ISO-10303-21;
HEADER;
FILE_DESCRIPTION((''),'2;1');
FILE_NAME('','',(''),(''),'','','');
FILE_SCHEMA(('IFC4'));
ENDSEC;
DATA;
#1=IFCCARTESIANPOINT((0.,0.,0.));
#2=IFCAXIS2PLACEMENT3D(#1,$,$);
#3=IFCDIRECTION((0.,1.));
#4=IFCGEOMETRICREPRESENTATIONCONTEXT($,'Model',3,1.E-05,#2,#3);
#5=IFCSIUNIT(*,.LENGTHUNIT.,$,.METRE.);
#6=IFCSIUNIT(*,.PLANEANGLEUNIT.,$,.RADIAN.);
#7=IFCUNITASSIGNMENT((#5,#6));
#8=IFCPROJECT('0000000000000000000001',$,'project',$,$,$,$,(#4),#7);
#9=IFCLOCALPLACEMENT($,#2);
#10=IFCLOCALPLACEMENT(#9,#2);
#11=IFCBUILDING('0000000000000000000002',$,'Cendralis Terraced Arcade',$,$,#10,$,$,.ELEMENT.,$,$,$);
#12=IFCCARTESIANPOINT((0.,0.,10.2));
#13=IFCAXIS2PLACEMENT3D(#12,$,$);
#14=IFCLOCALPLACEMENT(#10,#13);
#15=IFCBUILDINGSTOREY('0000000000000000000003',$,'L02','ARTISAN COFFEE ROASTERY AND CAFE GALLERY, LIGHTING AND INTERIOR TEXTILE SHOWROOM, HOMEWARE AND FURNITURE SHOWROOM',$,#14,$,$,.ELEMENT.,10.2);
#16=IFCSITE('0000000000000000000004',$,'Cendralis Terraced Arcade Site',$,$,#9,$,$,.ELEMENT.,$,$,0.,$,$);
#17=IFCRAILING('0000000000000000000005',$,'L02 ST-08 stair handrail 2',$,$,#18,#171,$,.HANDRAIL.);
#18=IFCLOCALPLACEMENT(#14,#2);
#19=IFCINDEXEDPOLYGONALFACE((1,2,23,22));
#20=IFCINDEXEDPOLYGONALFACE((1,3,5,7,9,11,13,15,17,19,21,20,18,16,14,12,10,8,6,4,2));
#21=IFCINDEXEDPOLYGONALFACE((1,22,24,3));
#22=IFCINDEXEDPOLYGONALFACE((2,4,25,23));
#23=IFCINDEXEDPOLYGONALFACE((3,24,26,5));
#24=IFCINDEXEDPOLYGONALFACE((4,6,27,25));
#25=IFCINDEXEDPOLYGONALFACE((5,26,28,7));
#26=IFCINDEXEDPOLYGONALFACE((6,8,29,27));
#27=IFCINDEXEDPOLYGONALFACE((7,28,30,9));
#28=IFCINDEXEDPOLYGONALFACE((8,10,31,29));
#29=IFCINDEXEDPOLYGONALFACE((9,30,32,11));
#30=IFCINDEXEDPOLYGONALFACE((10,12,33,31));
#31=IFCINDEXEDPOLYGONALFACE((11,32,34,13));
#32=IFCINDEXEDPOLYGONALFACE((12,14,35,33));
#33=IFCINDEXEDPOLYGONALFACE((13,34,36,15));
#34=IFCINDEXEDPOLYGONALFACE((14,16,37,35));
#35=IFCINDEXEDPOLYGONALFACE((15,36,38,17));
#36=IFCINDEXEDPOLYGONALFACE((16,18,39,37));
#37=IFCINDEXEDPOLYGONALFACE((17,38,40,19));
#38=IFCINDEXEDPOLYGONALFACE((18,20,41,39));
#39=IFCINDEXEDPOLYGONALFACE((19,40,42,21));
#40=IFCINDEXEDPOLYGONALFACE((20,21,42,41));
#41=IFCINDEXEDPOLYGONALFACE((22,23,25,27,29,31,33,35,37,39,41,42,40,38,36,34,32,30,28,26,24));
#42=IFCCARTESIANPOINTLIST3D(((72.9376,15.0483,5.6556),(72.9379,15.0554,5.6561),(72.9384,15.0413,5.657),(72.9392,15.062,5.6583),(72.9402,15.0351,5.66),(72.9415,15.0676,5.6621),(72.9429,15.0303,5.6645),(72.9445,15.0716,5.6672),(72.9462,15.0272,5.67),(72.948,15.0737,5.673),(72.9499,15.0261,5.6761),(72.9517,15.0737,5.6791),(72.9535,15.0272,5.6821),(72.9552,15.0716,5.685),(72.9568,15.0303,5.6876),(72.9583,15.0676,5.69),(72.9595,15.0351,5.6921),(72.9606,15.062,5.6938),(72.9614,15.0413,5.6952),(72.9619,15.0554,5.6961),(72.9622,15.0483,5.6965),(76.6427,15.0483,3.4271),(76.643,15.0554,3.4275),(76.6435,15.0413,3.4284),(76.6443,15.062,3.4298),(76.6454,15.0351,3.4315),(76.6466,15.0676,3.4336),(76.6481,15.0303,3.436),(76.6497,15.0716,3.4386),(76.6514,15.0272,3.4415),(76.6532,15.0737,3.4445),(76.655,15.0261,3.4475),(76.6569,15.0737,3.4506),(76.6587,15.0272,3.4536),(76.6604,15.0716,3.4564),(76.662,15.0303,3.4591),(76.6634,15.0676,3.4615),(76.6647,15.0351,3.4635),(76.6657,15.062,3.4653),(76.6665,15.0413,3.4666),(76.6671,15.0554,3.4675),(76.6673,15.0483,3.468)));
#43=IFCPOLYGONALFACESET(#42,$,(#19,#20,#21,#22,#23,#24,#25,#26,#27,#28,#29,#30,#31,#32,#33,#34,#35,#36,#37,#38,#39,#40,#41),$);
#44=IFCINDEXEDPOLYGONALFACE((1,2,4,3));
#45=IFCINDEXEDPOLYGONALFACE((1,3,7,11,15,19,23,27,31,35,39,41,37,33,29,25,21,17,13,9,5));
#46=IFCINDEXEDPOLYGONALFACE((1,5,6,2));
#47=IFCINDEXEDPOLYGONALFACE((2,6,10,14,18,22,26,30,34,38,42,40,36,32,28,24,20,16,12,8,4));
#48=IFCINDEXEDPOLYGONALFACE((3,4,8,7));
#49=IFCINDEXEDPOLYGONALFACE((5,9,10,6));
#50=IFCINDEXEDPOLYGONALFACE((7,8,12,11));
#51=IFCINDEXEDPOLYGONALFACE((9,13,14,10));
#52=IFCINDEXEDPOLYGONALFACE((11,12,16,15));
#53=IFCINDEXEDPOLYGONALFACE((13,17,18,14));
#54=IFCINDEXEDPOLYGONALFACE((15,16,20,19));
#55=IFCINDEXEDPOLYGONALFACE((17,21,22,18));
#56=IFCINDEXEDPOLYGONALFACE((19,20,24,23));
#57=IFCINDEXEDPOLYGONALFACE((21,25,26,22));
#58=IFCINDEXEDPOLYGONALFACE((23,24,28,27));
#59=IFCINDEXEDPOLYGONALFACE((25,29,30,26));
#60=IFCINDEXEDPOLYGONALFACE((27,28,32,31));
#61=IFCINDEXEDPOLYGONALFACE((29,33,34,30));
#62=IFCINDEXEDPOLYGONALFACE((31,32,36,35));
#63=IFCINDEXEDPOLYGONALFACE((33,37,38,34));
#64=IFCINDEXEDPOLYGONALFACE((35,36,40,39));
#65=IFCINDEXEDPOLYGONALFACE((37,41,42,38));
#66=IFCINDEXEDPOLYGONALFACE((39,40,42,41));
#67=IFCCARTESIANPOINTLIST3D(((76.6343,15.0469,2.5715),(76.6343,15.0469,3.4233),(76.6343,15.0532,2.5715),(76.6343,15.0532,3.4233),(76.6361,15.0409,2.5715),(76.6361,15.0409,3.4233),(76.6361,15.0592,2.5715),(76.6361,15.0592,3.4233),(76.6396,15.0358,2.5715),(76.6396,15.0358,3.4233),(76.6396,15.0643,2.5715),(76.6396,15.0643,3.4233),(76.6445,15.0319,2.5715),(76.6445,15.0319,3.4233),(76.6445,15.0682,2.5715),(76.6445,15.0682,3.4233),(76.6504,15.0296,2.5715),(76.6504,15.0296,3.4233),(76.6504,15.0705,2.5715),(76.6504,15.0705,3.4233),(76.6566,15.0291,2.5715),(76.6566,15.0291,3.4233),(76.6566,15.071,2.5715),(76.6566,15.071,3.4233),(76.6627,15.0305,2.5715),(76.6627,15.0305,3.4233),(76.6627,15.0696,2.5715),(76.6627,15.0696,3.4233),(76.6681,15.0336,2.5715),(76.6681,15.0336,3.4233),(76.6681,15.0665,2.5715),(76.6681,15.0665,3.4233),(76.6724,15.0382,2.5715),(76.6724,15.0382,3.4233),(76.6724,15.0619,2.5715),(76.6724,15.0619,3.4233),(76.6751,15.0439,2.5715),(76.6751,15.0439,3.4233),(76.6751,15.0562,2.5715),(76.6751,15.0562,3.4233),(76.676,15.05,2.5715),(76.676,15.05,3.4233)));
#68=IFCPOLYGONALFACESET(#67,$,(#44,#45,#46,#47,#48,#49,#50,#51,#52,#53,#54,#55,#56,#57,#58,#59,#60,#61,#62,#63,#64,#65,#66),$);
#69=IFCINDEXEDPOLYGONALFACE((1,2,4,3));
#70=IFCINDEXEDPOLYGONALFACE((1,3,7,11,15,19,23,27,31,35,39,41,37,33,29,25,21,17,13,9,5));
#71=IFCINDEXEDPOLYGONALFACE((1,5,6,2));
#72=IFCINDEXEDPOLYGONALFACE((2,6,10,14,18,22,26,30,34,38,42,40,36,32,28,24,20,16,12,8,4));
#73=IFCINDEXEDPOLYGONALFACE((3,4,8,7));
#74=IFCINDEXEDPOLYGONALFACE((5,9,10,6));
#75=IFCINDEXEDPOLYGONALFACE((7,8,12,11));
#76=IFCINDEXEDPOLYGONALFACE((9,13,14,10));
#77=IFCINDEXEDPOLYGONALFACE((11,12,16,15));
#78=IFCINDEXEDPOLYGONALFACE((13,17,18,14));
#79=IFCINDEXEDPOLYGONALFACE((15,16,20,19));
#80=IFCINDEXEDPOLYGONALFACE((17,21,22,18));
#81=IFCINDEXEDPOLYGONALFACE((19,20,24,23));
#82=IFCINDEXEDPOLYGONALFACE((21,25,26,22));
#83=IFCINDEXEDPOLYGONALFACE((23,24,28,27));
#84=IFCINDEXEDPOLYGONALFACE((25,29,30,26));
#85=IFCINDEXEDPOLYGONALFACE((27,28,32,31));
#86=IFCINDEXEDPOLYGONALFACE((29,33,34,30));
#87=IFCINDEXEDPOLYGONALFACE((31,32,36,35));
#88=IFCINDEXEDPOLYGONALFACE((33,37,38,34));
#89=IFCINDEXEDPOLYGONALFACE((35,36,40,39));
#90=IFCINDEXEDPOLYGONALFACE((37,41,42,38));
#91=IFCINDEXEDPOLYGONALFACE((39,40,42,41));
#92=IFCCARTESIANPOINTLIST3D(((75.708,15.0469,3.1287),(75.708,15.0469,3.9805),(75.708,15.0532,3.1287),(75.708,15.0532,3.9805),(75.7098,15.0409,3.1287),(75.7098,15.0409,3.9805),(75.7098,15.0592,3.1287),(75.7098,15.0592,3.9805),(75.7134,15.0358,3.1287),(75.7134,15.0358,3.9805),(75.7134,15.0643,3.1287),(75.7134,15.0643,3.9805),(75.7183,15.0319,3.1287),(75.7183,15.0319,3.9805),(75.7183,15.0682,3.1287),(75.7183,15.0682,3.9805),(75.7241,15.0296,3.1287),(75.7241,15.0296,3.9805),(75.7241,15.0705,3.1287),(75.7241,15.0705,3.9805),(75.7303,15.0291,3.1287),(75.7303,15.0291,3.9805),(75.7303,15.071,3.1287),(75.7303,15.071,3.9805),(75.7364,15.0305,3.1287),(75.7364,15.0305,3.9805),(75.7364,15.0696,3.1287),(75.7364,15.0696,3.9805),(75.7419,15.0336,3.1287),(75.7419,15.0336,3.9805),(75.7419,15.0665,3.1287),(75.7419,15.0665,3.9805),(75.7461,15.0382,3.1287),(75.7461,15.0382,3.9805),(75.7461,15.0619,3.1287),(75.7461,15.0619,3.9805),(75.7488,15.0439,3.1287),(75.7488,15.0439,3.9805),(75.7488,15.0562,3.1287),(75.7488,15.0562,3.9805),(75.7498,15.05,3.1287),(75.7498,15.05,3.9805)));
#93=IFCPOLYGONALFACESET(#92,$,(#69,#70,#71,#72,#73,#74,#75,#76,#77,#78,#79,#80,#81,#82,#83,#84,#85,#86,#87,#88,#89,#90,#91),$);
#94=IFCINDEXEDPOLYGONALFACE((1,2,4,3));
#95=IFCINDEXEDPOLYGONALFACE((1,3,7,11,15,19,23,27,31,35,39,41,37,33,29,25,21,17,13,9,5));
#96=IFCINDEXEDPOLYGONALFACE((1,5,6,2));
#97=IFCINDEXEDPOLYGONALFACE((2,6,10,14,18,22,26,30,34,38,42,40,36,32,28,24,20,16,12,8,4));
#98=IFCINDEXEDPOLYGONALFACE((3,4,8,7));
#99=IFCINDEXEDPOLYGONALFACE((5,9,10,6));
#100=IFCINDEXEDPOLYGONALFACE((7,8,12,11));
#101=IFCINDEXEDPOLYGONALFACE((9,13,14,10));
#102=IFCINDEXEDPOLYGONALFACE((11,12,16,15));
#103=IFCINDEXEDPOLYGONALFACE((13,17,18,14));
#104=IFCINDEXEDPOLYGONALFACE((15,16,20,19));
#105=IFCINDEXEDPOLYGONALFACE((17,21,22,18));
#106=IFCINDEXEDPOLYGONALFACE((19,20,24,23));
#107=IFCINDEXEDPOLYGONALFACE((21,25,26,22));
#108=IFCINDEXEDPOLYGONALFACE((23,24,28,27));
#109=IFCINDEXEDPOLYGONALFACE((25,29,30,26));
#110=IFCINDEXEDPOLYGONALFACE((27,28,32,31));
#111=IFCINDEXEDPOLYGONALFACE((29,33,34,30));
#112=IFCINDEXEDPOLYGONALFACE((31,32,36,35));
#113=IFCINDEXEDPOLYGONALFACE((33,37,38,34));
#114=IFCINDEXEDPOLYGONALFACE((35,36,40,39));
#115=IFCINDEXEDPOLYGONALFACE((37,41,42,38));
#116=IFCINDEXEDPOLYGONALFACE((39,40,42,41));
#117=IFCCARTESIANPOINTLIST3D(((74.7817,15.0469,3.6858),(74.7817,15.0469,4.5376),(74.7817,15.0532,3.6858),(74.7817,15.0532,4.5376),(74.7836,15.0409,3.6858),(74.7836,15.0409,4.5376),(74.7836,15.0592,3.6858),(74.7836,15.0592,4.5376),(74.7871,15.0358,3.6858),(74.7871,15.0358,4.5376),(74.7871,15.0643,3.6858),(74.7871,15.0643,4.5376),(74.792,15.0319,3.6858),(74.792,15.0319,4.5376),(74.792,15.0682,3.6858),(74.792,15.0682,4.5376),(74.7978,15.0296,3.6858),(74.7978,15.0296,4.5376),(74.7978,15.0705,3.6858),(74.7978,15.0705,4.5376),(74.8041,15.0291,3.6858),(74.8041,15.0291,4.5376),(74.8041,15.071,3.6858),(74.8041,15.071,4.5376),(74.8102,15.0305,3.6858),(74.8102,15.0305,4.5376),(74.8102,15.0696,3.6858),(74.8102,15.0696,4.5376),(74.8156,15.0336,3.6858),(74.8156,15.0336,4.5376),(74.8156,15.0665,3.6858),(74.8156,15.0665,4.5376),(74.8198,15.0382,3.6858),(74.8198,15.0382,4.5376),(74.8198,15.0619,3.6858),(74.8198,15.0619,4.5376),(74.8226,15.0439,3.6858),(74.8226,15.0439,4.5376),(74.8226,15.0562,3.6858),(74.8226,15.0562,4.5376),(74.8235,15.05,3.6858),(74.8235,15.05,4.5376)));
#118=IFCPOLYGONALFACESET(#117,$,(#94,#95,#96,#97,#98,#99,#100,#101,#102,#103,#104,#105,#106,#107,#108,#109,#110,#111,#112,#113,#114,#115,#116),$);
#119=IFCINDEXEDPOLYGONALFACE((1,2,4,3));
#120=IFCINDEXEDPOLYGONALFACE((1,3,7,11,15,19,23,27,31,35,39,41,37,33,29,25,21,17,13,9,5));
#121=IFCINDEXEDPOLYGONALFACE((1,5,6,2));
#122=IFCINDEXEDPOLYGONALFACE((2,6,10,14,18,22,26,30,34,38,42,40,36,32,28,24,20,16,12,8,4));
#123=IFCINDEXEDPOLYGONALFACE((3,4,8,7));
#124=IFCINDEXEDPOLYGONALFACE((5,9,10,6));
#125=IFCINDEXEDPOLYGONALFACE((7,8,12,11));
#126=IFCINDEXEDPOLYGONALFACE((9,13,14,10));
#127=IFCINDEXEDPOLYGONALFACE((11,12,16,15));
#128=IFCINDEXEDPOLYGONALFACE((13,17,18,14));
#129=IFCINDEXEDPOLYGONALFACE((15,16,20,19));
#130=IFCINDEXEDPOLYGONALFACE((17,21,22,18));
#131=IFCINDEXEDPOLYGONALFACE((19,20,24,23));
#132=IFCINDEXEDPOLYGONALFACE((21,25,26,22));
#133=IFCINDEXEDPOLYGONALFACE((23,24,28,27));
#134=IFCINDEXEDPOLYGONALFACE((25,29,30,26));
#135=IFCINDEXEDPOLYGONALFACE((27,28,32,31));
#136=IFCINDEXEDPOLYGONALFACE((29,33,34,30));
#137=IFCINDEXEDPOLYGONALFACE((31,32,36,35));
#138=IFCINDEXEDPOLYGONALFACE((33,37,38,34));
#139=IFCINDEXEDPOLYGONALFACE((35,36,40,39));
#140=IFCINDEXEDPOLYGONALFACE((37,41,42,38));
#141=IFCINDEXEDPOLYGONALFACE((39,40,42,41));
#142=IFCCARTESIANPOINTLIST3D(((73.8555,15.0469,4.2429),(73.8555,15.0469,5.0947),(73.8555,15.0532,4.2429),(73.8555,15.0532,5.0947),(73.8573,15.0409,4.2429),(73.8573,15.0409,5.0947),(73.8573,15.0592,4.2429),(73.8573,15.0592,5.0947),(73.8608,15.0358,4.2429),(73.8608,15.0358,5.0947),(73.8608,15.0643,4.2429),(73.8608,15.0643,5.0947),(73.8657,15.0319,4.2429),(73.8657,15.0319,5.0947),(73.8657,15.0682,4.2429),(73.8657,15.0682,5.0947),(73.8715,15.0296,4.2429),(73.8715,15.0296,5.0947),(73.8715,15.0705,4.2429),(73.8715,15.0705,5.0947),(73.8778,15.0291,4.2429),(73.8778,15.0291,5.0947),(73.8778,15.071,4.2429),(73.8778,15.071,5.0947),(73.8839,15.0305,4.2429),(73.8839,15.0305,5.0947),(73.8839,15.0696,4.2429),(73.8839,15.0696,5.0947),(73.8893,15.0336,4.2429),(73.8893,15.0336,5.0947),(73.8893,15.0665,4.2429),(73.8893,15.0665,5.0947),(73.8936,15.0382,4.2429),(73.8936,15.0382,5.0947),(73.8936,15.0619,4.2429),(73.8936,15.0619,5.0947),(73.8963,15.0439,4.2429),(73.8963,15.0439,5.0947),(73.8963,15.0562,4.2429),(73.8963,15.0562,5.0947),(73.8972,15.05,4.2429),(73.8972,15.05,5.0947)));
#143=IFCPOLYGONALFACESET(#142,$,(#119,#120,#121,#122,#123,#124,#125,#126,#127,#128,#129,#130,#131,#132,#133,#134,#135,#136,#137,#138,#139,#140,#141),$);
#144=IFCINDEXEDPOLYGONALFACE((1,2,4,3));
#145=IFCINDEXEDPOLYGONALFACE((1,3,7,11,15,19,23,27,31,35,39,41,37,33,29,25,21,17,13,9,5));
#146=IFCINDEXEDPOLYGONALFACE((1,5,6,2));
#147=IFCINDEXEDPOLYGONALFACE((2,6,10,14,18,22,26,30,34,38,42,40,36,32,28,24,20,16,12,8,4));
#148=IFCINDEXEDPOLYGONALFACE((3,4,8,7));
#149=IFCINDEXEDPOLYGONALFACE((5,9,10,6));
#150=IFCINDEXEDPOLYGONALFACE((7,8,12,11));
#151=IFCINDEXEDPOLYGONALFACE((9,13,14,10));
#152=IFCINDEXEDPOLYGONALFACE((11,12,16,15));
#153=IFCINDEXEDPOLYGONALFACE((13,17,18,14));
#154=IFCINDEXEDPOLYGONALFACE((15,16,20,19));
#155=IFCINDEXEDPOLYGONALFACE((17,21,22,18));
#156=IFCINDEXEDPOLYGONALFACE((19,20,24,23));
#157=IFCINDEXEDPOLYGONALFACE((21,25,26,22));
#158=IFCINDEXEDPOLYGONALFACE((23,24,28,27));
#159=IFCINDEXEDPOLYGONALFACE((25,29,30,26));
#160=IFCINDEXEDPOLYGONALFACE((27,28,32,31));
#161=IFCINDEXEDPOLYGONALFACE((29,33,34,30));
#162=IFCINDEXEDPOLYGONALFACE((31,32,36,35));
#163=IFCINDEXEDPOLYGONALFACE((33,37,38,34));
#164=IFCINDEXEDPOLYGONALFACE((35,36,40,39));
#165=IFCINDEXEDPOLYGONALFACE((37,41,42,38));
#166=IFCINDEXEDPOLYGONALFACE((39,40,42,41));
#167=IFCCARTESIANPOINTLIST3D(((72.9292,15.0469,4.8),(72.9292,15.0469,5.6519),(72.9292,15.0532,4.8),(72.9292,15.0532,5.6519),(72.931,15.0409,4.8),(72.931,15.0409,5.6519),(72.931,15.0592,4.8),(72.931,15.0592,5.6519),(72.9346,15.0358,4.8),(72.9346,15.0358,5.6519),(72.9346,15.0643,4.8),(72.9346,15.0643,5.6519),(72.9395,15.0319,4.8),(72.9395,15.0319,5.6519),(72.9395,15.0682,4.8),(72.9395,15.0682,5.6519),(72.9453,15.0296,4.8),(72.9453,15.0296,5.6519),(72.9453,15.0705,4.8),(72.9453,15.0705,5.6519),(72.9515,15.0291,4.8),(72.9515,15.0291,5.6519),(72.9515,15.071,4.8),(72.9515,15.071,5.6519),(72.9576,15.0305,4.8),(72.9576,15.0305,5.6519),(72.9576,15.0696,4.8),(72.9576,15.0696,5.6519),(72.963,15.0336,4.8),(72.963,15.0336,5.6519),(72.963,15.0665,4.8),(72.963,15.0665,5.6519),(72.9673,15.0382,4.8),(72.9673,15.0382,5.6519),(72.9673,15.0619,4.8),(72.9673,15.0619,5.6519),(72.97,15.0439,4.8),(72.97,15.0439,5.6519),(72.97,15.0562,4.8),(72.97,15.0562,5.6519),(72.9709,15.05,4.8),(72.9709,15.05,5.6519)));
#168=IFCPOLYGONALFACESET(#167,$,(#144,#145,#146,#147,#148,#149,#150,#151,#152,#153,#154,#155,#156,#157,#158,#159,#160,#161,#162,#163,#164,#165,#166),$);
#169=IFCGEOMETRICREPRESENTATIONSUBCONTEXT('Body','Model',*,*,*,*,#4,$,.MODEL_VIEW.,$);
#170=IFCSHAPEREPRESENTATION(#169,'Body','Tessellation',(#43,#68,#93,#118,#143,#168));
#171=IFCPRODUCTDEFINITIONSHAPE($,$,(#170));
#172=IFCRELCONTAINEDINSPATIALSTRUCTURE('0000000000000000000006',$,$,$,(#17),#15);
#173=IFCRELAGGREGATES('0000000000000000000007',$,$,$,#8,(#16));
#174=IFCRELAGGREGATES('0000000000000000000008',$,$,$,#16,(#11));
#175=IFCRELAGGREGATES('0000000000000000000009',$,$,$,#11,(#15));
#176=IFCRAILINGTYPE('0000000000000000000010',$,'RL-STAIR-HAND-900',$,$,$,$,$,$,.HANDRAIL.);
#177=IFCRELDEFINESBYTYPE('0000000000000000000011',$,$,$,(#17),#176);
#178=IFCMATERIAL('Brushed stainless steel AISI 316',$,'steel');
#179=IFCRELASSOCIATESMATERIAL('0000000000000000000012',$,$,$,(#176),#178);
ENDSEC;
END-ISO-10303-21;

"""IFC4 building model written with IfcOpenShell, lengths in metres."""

from ifc_helpers import new_model, si_unit, direction, frame, origin, origin_2d, place, context, subcontext, project, spatial, circle, extrude, material, type_object, element, save


model = new_model("IFC4")

# Units and contexts
model_context = context("Model", 3, precision=1e-05, world=origin(), true_north=direction((0.0, 1.0)))
body_context = subcontext(model_context, "Body", "Model", "MODEL_VIEW")
ifc_project = project(units=[si_unit("LENGTHUNIT", "METRE"), si_unit("PLANEANGLEUNIT", "RADIAN")], contexts=[model_context])

# Site, building, storey
site_placement = place(None, origin())
site = spatial("IfcSite", under=ifc_project, at=site_placement, Name="Cendralis Terraced Arcade Site", CompositionType="ELEMENT", RefElevation=0.0)
building_placement = place(site_placement, origin())
building = spatial("IfcBuilding", under=site, at=building_placement, Name="Cendralis Terraced Arcade", CompositionType="ELEMENT")
storey_placement = place(building_placement, frame((0.0, 0.0, 10.2)))
storey = spatial("IfcBuildingStorey", under=building, at=storey_placement, Name="L02", Description="ARTISAN COFFEE ROASTERY AND CAFE GALLERY, LIGHTING AND INTERIOR TEXTILE SHOWROOM, HOMEWARE AND FURNITURE SHOWROOM", CompositionType="ELEMENT", Elevation=10.2)

# Railing
ifc_material_1 = material(Name="Brushed stainless steel AISI 316", Category="steel")
railing_type_1 = type_object("IfcRailingType", Name="RL-STAIR-HAND-900", PredefinedType="HANDRAIL", material=ifc_material_1)
railing_1_placement = place(storey_placement, frame((76.655, 15.05, 2.5715)))
element("IfcRailing", 1, at=railing_1_placement, inside=storey, type_object=railing_type_1, Name="L02 ST-08 stair handrail 2", PredefinedType="HANDRAIL", context=body_context, shape_type="SweptSolid", body=[
    extrude(circle(Radius=0.0239, at=origin_2d()), frame((0.0, 0.0, 0.876), z_axis=(-0.856934, 0.0, 0.515425), x_axis=(0.0, -1.0, 0.0)), (0.0, 0.0, 1.0), 4.3237),
    extrude(circle(Radius=0.021, at=origin_2d()), origin(), (0.0, 0.0, 1.0), 0.8518),
    extrude(circle(Radius=0.021, at=origin_2d()), frame((-0.9263, 0.0, 0.5571)), (0.0, 0.0, 1.0), 0.8518),
    extrude(circle(Radius=0.021, at=origin_2d()), frame((-1.8525, 0.0, 1.1143)), (0.0, 0.0, 1.0), 0.8518),
    extrude(circle(Radius=0.021, at=origin_2d()), frame((-2.7788, 0.0, 1.6714)), (0.0, 0.0, 1.0), 0.8518),
    extrude(circle(Radius=0.021, at=origin_2d()), frame((-3.7051, 0.0, 2.2285)), (0.0, 0.0, 1.0), 0.8518),
])

save(model, "model.ifc")
